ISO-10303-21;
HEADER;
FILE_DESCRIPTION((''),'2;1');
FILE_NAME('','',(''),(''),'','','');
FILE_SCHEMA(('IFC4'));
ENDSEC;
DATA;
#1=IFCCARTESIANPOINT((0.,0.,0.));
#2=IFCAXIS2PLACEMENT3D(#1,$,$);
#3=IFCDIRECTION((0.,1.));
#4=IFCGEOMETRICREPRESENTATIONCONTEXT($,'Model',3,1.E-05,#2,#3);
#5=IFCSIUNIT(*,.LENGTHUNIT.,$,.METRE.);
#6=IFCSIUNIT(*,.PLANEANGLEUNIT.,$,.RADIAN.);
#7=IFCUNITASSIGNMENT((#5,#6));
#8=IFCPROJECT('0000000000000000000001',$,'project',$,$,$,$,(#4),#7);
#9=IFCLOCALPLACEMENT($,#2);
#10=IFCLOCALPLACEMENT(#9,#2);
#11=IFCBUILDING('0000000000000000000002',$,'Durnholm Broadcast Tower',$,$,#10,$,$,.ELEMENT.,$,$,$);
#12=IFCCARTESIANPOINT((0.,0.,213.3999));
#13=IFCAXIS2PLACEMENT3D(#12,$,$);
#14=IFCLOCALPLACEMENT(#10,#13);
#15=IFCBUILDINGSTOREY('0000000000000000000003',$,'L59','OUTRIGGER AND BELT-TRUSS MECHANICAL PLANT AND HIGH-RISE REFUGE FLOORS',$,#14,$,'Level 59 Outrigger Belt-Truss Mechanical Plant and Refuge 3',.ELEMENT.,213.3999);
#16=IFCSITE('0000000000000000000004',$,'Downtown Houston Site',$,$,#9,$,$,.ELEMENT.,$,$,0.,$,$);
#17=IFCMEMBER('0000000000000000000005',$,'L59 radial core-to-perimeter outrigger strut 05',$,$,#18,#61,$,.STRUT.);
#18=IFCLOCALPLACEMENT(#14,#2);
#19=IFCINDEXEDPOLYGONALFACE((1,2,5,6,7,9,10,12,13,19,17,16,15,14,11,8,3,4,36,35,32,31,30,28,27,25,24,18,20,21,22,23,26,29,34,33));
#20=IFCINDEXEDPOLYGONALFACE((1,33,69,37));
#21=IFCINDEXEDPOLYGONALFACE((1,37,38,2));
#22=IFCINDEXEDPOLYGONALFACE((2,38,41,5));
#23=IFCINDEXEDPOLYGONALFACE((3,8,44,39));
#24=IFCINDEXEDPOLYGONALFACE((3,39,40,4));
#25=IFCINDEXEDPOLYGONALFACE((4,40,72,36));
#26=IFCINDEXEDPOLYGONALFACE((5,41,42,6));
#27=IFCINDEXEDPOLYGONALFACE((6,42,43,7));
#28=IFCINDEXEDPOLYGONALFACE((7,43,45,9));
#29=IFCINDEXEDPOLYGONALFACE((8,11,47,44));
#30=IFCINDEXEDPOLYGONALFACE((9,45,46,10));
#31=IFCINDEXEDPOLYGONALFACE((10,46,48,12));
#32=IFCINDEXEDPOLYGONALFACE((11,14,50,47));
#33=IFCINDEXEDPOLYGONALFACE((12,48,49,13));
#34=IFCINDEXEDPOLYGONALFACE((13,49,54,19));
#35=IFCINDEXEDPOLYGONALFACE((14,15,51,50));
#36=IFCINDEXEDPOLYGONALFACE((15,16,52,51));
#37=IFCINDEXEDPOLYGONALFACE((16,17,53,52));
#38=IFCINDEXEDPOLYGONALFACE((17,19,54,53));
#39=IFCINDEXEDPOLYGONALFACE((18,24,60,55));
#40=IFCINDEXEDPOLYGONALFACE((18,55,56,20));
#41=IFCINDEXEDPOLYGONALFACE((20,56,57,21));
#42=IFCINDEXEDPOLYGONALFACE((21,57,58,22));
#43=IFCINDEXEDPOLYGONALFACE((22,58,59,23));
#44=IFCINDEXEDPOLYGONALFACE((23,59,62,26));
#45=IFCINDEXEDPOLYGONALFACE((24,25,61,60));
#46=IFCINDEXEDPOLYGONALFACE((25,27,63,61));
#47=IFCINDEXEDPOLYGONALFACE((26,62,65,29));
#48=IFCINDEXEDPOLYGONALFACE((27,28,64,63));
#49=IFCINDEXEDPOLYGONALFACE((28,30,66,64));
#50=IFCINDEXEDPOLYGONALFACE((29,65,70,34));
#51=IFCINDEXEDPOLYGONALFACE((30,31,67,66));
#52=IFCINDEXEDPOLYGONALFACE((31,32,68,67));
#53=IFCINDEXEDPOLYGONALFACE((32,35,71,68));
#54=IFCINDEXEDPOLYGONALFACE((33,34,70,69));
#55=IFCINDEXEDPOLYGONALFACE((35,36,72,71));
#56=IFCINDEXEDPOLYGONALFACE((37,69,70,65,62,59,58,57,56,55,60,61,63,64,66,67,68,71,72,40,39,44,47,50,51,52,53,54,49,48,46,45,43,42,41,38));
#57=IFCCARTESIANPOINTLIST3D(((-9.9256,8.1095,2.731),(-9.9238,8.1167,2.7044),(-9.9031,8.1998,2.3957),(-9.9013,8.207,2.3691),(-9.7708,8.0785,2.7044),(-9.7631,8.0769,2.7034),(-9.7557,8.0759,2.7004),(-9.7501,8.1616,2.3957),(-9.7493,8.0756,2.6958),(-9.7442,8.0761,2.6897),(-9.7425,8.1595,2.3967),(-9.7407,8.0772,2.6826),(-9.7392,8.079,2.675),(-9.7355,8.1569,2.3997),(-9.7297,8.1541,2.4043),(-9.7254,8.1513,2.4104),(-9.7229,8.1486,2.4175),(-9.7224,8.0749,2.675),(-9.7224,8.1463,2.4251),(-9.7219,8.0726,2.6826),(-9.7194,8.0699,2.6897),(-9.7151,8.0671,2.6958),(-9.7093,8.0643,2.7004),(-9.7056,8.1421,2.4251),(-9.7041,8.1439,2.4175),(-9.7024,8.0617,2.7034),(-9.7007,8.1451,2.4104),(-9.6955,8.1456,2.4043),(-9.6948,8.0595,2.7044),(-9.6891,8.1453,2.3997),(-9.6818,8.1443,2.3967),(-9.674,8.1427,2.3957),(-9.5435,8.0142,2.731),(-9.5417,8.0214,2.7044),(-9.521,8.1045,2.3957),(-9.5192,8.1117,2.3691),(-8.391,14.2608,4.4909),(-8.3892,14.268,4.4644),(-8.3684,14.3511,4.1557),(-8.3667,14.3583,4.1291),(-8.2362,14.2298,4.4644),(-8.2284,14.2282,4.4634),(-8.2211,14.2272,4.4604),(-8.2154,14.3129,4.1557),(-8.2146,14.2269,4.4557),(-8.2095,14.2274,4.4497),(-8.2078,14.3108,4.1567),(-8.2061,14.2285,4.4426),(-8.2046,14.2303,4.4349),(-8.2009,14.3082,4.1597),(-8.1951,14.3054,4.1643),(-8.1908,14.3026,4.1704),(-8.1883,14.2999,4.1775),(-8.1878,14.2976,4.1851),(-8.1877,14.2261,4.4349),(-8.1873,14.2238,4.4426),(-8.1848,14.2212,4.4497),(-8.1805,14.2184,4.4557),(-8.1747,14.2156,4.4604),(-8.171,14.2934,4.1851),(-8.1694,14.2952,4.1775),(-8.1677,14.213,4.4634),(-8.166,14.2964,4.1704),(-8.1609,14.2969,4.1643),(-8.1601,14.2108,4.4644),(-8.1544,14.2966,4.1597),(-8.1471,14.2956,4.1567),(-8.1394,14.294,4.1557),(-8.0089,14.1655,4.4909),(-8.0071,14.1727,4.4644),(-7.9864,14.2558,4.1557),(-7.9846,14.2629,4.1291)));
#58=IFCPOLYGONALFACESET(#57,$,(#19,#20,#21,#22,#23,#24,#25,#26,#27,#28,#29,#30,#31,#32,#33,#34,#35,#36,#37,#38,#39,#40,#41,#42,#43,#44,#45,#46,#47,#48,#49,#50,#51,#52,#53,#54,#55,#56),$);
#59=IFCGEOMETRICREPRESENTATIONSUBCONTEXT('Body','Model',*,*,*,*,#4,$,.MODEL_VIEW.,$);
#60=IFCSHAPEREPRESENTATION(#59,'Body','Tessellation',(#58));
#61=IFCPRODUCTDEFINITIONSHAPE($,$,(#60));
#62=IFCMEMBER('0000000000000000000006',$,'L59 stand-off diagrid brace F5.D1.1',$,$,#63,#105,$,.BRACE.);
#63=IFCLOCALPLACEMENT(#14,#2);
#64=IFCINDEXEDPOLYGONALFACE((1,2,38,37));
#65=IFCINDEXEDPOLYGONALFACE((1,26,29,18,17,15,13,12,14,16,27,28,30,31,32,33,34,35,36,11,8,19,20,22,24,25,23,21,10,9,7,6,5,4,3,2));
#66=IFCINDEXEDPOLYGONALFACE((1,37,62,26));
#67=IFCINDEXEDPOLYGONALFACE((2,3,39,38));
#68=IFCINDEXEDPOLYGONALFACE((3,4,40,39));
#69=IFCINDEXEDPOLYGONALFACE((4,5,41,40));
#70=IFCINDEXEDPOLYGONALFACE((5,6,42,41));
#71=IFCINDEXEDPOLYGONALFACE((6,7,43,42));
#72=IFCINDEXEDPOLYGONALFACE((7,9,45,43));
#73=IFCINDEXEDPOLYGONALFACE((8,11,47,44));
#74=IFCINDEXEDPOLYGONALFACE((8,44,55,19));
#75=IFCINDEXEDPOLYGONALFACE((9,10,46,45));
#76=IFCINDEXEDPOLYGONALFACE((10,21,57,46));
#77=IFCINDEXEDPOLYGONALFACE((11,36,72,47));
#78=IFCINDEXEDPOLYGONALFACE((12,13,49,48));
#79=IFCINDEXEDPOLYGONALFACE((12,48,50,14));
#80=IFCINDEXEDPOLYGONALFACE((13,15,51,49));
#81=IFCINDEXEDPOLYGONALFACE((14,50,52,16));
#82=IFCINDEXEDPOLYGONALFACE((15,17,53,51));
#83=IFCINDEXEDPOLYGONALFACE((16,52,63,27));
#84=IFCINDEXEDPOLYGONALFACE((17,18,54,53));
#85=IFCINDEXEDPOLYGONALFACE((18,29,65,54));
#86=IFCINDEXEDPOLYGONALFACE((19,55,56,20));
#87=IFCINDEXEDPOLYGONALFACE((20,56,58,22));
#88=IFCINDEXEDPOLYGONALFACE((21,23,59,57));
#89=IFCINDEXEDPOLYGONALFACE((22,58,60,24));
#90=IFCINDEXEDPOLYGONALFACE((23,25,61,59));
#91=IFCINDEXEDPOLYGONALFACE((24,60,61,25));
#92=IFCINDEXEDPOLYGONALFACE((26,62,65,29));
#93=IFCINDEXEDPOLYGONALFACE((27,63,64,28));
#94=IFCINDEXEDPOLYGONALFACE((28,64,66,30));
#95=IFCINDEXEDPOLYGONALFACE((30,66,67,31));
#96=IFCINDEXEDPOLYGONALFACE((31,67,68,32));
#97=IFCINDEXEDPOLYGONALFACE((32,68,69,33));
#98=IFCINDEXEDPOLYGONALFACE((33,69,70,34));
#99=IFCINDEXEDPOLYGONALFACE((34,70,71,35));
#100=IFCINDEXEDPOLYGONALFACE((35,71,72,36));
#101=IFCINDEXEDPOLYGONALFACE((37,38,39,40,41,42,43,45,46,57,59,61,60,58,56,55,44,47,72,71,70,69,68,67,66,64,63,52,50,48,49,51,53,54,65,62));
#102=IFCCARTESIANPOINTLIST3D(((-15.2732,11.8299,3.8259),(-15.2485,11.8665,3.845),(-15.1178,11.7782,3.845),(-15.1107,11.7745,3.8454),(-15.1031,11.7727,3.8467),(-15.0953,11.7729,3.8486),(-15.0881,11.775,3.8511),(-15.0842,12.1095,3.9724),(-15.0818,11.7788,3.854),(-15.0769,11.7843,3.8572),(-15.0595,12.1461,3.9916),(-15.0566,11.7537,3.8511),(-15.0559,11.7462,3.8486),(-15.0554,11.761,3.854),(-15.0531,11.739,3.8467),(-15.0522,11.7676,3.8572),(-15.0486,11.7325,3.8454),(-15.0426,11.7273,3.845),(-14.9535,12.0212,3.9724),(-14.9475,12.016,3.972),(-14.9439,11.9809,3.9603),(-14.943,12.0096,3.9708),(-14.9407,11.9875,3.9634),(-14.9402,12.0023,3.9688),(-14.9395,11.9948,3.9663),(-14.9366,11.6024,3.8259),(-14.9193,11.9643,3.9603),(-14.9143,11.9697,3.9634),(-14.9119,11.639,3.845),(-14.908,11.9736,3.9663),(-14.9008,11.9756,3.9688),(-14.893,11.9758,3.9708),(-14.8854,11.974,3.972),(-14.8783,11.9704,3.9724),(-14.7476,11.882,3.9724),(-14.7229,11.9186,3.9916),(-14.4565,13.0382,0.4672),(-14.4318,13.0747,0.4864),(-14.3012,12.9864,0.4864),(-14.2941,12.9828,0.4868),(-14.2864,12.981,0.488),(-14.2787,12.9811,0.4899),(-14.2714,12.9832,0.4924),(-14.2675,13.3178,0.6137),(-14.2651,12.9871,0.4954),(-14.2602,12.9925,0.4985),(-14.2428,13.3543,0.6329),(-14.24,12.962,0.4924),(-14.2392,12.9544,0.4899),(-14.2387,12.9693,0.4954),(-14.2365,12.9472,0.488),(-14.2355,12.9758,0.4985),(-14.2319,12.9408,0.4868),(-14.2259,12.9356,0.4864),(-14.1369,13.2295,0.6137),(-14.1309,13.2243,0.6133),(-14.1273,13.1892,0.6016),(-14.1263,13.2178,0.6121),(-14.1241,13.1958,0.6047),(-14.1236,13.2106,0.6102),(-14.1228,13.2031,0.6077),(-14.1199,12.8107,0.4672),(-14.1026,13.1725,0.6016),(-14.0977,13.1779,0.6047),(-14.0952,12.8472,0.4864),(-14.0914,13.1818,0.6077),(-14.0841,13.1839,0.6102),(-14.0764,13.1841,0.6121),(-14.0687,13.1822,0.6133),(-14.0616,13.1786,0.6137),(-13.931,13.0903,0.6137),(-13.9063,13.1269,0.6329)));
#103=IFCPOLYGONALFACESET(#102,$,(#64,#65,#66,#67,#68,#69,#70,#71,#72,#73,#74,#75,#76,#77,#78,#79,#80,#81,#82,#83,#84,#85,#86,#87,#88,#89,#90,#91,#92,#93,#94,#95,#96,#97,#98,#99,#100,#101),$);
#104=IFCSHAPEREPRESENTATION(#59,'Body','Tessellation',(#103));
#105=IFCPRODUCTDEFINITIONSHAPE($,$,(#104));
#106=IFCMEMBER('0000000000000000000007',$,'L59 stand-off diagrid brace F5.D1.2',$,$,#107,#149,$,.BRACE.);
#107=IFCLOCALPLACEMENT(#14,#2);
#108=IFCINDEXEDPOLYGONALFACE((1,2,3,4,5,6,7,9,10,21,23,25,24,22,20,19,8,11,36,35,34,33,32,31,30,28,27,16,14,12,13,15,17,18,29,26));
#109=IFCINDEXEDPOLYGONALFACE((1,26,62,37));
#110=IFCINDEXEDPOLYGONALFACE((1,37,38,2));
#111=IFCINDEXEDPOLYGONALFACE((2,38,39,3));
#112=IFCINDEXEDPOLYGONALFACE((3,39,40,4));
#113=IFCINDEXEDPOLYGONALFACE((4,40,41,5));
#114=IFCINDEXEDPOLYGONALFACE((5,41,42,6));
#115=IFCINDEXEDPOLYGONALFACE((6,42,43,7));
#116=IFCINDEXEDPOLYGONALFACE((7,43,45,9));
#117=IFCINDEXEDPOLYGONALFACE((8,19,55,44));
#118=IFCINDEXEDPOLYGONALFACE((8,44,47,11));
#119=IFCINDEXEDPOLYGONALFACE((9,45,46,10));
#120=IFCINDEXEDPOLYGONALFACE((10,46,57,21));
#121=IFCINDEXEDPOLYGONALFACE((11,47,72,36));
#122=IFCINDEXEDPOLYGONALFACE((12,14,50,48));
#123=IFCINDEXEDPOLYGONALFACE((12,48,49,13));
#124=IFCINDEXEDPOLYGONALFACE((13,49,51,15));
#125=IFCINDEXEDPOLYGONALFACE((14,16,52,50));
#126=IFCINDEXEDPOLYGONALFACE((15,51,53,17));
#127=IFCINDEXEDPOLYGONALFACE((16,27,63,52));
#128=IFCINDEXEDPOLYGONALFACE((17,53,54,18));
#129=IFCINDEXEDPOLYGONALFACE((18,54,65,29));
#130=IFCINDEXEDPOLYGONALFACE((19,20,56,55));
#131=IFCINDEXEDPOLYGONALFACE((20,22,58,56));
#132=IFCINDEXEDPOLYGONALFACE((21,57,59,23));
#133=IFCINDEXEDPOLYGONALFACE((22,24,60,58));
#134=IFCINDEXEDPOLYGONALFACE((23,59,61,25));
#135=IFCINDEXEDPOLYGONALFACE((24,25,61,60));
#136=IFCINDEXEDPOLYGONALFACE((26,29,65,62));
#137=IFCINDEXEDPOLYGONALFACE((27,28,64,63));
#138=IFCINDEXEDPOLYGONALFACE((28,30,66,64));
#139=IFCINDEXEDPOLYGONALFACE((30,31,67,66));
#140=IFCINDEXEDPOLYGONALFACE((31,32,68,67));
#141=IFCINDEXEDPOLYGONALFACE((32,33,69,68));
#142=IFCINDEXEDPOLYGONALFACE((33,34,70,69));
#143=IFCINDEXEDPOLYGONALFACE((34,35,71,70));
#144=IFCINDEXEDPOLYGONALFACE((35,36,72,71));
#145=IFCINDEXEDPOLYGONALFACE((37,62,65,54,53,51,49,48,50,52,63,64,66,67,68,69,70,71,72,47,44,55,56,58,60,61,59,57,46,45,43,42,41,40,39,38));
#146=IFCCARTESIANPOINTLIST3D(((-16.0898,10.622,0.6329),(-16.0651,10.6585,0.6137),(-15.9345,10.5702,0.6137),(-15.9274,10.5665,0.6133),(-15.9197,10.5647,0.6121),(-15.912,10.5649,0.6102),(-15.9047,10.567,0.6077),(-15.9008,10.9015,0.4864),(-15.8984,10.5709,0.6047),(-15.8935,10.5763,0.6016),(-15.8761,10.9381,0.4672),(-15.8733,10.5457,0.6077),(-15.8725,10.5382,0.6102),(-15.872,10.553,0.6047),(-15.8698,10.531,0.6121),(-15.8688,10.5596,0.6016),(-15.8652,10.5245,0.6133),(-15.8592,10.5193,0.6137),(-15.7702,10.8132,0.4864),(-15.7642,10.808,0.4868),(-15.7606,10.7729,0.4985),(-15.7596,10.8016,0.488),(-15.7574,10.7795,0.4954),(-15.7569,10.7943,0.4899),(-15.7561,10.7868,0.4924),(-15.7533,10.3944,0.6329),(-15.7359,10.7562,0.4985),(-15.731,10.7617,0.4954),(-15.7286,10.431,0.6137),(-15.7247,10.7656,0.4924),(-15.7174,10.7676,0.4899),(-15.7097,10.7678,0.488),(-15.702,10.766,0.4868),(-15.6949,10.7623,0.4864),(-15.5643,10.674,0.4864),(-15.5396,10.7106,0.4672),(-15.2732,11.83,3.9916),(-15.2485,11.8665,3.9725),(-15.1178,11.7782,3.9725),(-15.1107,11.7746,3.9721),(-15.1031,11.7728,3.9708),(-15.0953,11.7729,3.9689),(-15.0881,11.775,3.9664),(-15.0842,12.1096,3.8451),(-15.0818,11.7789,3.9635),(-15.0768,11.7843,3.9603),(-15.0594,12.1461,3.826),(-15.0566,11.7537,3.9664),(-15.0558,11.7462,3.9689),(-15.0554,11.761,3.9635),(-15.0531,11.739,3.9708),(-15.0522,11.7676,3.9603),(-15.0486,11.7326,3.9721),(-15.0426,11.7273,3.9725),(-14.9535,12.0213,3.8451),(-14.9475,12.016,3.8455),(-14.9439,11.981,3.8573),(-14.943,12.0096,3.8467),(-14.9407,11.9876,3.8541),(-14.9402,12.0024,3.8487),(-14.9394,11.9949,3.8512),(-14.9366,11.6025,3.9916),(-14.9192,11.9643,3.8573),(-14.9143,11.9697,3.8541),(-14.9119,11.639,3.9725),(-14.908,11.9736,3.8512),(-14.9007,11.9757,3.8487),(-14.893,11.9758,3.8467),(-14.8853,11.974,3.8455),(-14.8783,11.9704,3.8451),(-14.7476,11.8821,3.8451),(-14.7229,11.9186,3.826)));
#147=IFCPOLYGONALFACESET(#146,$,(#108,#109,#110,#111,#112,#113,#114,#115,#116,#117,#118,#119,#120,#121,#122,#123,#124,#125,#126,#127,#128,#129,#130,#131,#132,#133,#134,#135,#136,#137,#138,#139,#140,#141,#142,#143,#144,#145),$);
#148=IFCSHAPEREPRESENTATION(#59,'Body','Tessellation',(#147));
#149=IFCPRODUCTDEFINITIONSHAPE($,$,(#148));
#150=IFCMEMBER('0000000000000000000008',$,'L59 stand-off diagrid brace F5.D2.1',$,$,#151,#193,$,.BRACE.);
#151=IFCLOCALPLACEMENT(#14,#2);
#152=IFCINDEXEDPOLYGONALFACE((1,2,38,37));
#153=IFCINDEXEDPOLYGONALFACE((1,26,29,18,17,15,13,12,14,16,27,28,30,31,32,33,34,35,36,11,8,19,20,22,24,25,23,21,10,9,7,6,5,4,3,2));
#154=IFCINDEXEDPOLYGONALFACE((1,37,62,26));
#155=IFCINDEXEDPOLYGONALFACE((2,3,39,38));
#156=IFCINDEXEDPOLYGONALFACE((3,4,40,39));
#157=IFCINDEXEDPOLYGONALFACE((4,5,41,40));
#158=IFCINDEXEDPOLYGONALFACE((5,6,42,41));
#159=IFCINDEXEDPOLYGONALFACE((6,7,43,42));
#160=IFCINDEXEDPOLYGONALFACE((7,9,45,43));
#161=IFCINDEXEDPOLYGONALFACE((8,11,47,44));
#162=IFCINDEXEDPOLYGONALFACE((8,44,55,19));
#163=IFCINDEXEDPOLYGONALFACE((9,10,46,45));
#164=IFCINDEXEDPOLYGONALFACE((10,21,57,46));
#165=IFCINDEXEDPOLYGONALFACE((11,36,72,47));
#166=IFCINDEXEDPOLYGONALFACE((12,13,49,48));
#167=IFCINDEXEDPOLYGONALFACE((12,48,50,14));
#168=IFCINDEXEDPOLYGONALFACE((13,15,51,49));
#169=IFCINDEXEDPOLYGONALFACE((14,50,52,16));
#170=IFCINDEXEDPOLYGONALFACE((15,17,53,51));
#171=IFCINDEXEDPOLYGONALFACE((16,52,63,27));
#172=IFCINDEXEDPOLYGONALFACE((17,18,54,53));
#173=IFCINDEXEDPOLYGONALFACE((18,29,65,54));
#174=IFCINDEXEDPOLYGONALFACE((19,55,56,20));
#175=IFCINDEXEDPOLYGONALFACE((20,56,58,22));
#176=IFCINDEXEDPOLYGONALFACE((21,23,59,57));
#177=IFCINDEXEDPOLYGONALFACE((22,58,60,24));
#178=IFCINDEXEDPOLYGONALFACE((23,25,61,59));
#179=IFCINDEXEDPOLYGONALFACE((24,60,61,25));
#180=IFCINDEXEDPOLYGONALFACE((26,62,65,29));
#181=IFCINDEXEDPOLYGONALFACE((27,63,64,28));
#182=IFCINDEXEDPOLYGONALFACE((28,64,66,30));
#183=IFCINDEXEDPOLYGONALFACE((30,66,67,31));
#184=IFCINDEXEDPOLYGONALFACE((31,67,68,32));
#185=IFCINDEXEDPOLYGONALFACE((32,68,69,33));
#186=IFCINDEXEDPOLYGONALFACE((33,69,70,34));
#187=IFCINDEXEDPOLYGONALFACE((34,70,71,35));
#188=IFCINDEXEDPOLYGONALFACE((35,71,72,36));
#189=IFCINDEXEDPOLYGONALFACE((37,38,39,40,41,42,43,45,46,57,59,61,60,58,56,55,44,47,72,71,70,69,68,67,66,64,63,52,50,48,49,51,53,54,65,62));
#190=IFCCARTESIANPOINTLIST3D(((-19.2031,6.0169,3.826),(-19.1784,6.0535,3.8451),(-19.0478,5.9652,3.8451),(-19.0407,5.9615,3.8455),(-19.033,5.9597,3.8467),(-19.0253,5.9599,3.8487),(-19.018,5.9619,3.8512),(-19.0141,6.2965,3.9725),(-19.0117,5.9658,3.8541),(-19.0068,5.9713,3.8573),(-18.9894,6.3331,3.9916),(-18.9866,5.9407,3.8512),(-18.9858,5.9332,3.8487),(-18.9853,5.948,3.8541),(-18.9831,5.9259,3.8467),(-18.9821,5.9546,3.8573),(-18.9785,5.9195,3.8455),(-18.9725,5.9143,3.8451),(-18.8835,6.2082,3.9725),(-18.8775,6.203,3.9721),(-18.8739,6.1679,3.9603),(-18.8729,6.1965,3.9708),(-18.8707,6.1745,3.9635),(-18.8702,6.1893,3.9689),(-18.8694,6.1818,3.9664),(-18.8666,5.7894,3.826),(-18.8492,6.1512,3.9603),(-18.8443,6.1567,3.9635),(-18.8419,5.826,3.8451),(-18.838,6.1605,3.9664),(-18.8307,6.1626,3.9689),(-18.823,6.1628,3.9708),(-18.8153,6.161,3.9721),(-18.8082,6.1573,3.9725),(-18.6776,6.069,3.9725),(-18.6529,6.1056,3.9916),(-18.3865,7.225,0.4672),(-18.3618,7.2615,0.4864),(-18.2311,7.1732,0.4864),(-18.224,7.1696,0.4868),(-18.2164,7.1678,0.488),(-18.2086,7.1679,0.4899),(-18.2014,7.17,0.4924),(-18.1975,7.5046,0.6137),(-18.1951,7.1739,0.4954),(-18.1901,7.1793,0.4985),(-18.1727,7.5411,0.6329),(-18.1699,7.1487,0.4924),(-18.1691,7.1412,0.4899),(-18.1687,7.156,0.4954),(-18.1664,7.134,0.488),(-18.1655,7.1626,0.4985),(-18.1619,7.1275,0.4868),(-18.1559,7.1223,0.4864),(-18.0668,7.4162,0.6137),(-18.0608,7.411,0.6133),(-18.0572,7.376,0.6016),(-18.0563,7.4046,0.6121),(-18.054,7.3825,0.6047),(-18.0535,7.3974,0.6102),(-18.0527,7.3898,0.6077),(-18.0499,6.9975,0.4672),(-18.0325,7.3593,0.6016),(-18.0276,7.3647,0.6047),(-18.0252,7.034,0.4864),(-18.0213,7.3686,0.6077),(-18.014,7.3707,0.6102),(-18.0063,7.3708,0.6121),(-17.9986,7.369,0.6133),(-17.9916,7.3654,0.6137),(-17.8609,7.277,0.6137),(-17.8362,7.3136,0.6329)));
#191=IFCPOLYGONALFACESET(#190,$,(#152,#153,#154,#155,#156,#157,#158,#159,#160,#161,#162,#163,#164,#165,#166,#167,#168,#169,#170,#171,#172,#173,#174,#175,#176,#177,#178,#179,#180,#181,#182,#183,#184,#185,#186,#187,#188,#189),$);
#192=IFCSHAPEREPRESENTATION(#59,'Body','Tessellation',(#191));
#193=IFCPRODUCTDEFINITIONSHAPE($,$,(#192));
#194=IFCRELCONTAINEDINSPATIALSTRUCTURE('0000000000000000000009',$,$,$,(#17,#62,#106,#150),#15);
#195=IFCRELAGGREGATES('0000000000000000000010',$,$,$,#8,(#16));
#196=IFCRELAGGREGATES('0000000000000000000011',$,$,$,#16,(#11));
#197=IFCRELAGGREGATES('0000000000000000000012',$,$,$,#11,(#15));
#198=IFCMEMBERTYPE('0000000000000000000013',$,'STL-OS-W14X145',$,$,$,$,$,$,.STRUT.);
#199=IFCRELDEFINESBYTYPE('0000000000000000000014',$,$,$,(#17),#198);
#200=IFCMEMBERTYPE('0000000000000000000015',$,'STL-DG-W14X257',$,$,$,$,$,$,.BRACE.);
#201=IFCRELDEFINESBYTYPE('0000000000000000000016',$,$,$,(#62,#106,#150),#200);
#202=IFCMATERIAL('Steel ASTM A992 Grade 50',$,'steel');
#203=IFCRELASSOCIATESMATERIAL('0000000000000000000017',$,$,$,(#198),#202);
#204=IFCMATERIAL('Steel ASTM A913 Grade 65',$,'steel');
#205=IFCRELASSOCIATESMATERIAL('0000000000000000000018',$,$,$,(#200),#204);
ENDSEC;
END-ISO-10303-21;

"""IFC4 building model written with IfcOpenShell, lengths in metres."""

from ifc_helpers import new_model, si_unit, direction, frame, origin, origin_2d, place, context, subcontext, project, spatial, i_section, extrude, source, transform, mapped, material, material_profile, profile_set, type_object, type_shapes, element, save


model = new_model("IFC4")

# Units and contexts
model_context = context("Model", 3, precision=1e-05, world=origin(), true_north=direction((0.0, 1.0)))
body_context = subcontext(model_context, "Body", "Model", "MODEL_VIEW")
ifc_project = project(units=[si_unit("LENGTHUNIT", "METRE"), si_unit("PLANEANGLEUNIT", "RADIAN")], contexts=[model_context])

# Site, building, storey
site_placement = place(None, origin())
site = spatial("IfcSite", under=ifc_project, at=site_placement, Name="Downtown Houston Site", CompositionType="ELEMENT", RefElevation=0.0)
building_placement = place(site_placement, origin())
building = spatial("IfcBuilding", under=site, at=building_placement, Name="Durnholm Broadcast Tower", CompositionType="ELEMENT")
storey_placement = place(building_placement, frame((0.0, 0.0, 213.3999)))
storey = spatial("IfcBuildingStorey", under=building, at=storey_placement, Name="L59", Description="OUTRIGGER AND BELT-TRUSS MECHANICAL PLANT AND HIGH-RISE REFUGE FLOORS", LongName="Level 59 Outrigger Belt-Truss Mechanical Plant and Refuge 3", CompositionType="ELEMENT", Elevation=213.3999)

# Shared definitions
ifc_material_1 = material(Name="Steel ASTM A992 Grade 50", Category="steel")

# Members
ifc_material_profile_1 = material_profile(ifc_material_1, i_section(OverallWidth=0.3938, OverallDepth=0.3755, WebThickness=0.0173, FlangeThickness=0.0276, FilletRadius=0.0305, at=origin_2d()), Name="W14X145")
ifc_profile_set_1 = profile_set([ifc_material_profile_1], Name="Steel ASTM A992 Grade 50")
member_type_1 = type_object("IfcMemberType", Name="STL-OS-W14X145", PredefinedType="STRUT", material=ifc_profile_set_1)
shared_shape_1 = source(origin(), body_context, "Body", "SweptSolid", [
    extrude(i_section(OverallWidth=0.3938, OverallDepth=0.3755, WebThickness=0.0173, FlangeThickness=0.0276, FilletRadius=0.0305, at=origin_2d()), origin(), (0.0, 0.0, 1.0), 6.5796),
])
type_shapes(member_type_1, [shared_shape_1])
member_1_placement = place(storey_placement, frame((-9.7224, 8.1106, 2.55), z_axis=(0.233244, 0.934904, 0.267492), x_axis=(-0.97026, 0.242064, 0.0)))
element("IfcMember", 1, at=member_1_placement, inside=storey, type_object=member_type_1, Name="L59 radial core-to-perimeter outrigger strut 05", PredefinedType="STRUT", context=body_context, shape_type="MappedRepresentation", body=[
    mapped(shared_shape_1, transform((0.0, 0.0, 0.0), x_axis=(1.0, 0.0, 0.0), y_axis=(0.0, 1.0, 0.0), z_axis=(0.0, 0.0, 1.0), scale=1.0)),
])
ifc_material_2 = material(Name="Steel ASTM A913 Grade 65", Category="steel")
ifc_material_profile_2 = material_profile(ifc_material_2, i_section(OverallWidth=0.4062, OverallDepth=0.416, WebThickness=0.0298, FlangeThickness=0.0481, FilletRadius=0.0305, at=origin_2d()), Name="W14X257")
ifc_profile_set_2 = profile_set([ifc_material_profile_2], Name="Steel ASTM A913 Grade 65")
member_type_2 = type_object("IfcMemberType", Name="STL-DG-W14X257", PredefinedType="BRACE", material=ifc_profile_set_2)
shared_shape_2 = source(origin(), body_context, "Body", "SweptSolid", [
    extrude(i_section(OverallWidth=0.4062, OverallDepth=0.416, WebThickness=0.0298, FlangeThickness=0.0481, FilletRadius=0.0305, at=origin_2d()), origin(), (0.0, 0.0, 1.0), 3.6616),
])
type_shapes(member_type_2, [shared_shape_2])
for number, where, z_axis, x_axis, name in (
    (2, (-14.1814, 13.0825, 0.55), (-0.223031, -0.32998, 0.917262), (0.828505, -0.559982, 0.0), "L59 stand-off diagrid brace F5.D1.1"),
    (3, (-15.8147, 10.6663, 0.55), (0.223036, 0.32992, 0.917283), (-0.828452, 0.560059, 0.0), "L59 stand-off diagrid brace F5.D1.2"),
    (4, (-18.1113, 7.2693, 0.55), (-0.223036, -0.32992, 0.917283), (0.828452, -0.560059, 0.0), "L59 stand-off diagrid brace F5.D2.1"),
):
    element("IfcMember", number, at=place(storey_placement, frame(where, z_axis=z_axis, x_axis=x_axis)), inside=storey, type_object=member_type_2, Name=name, PredefinedType="BRACE", context=body_context, shape_type="MappedRepresentation", body=[
        mapped(shared_shape_2, transform((0.0, 0.0, 0.0), x_axis=(1.0, 0.0, 0.0), y_axis=(0.0, 1.0, 0.0), z_axis=(0.0, 0.0, 1.0), scale=1.0)),
    ])

save(model, "model.ifc")
